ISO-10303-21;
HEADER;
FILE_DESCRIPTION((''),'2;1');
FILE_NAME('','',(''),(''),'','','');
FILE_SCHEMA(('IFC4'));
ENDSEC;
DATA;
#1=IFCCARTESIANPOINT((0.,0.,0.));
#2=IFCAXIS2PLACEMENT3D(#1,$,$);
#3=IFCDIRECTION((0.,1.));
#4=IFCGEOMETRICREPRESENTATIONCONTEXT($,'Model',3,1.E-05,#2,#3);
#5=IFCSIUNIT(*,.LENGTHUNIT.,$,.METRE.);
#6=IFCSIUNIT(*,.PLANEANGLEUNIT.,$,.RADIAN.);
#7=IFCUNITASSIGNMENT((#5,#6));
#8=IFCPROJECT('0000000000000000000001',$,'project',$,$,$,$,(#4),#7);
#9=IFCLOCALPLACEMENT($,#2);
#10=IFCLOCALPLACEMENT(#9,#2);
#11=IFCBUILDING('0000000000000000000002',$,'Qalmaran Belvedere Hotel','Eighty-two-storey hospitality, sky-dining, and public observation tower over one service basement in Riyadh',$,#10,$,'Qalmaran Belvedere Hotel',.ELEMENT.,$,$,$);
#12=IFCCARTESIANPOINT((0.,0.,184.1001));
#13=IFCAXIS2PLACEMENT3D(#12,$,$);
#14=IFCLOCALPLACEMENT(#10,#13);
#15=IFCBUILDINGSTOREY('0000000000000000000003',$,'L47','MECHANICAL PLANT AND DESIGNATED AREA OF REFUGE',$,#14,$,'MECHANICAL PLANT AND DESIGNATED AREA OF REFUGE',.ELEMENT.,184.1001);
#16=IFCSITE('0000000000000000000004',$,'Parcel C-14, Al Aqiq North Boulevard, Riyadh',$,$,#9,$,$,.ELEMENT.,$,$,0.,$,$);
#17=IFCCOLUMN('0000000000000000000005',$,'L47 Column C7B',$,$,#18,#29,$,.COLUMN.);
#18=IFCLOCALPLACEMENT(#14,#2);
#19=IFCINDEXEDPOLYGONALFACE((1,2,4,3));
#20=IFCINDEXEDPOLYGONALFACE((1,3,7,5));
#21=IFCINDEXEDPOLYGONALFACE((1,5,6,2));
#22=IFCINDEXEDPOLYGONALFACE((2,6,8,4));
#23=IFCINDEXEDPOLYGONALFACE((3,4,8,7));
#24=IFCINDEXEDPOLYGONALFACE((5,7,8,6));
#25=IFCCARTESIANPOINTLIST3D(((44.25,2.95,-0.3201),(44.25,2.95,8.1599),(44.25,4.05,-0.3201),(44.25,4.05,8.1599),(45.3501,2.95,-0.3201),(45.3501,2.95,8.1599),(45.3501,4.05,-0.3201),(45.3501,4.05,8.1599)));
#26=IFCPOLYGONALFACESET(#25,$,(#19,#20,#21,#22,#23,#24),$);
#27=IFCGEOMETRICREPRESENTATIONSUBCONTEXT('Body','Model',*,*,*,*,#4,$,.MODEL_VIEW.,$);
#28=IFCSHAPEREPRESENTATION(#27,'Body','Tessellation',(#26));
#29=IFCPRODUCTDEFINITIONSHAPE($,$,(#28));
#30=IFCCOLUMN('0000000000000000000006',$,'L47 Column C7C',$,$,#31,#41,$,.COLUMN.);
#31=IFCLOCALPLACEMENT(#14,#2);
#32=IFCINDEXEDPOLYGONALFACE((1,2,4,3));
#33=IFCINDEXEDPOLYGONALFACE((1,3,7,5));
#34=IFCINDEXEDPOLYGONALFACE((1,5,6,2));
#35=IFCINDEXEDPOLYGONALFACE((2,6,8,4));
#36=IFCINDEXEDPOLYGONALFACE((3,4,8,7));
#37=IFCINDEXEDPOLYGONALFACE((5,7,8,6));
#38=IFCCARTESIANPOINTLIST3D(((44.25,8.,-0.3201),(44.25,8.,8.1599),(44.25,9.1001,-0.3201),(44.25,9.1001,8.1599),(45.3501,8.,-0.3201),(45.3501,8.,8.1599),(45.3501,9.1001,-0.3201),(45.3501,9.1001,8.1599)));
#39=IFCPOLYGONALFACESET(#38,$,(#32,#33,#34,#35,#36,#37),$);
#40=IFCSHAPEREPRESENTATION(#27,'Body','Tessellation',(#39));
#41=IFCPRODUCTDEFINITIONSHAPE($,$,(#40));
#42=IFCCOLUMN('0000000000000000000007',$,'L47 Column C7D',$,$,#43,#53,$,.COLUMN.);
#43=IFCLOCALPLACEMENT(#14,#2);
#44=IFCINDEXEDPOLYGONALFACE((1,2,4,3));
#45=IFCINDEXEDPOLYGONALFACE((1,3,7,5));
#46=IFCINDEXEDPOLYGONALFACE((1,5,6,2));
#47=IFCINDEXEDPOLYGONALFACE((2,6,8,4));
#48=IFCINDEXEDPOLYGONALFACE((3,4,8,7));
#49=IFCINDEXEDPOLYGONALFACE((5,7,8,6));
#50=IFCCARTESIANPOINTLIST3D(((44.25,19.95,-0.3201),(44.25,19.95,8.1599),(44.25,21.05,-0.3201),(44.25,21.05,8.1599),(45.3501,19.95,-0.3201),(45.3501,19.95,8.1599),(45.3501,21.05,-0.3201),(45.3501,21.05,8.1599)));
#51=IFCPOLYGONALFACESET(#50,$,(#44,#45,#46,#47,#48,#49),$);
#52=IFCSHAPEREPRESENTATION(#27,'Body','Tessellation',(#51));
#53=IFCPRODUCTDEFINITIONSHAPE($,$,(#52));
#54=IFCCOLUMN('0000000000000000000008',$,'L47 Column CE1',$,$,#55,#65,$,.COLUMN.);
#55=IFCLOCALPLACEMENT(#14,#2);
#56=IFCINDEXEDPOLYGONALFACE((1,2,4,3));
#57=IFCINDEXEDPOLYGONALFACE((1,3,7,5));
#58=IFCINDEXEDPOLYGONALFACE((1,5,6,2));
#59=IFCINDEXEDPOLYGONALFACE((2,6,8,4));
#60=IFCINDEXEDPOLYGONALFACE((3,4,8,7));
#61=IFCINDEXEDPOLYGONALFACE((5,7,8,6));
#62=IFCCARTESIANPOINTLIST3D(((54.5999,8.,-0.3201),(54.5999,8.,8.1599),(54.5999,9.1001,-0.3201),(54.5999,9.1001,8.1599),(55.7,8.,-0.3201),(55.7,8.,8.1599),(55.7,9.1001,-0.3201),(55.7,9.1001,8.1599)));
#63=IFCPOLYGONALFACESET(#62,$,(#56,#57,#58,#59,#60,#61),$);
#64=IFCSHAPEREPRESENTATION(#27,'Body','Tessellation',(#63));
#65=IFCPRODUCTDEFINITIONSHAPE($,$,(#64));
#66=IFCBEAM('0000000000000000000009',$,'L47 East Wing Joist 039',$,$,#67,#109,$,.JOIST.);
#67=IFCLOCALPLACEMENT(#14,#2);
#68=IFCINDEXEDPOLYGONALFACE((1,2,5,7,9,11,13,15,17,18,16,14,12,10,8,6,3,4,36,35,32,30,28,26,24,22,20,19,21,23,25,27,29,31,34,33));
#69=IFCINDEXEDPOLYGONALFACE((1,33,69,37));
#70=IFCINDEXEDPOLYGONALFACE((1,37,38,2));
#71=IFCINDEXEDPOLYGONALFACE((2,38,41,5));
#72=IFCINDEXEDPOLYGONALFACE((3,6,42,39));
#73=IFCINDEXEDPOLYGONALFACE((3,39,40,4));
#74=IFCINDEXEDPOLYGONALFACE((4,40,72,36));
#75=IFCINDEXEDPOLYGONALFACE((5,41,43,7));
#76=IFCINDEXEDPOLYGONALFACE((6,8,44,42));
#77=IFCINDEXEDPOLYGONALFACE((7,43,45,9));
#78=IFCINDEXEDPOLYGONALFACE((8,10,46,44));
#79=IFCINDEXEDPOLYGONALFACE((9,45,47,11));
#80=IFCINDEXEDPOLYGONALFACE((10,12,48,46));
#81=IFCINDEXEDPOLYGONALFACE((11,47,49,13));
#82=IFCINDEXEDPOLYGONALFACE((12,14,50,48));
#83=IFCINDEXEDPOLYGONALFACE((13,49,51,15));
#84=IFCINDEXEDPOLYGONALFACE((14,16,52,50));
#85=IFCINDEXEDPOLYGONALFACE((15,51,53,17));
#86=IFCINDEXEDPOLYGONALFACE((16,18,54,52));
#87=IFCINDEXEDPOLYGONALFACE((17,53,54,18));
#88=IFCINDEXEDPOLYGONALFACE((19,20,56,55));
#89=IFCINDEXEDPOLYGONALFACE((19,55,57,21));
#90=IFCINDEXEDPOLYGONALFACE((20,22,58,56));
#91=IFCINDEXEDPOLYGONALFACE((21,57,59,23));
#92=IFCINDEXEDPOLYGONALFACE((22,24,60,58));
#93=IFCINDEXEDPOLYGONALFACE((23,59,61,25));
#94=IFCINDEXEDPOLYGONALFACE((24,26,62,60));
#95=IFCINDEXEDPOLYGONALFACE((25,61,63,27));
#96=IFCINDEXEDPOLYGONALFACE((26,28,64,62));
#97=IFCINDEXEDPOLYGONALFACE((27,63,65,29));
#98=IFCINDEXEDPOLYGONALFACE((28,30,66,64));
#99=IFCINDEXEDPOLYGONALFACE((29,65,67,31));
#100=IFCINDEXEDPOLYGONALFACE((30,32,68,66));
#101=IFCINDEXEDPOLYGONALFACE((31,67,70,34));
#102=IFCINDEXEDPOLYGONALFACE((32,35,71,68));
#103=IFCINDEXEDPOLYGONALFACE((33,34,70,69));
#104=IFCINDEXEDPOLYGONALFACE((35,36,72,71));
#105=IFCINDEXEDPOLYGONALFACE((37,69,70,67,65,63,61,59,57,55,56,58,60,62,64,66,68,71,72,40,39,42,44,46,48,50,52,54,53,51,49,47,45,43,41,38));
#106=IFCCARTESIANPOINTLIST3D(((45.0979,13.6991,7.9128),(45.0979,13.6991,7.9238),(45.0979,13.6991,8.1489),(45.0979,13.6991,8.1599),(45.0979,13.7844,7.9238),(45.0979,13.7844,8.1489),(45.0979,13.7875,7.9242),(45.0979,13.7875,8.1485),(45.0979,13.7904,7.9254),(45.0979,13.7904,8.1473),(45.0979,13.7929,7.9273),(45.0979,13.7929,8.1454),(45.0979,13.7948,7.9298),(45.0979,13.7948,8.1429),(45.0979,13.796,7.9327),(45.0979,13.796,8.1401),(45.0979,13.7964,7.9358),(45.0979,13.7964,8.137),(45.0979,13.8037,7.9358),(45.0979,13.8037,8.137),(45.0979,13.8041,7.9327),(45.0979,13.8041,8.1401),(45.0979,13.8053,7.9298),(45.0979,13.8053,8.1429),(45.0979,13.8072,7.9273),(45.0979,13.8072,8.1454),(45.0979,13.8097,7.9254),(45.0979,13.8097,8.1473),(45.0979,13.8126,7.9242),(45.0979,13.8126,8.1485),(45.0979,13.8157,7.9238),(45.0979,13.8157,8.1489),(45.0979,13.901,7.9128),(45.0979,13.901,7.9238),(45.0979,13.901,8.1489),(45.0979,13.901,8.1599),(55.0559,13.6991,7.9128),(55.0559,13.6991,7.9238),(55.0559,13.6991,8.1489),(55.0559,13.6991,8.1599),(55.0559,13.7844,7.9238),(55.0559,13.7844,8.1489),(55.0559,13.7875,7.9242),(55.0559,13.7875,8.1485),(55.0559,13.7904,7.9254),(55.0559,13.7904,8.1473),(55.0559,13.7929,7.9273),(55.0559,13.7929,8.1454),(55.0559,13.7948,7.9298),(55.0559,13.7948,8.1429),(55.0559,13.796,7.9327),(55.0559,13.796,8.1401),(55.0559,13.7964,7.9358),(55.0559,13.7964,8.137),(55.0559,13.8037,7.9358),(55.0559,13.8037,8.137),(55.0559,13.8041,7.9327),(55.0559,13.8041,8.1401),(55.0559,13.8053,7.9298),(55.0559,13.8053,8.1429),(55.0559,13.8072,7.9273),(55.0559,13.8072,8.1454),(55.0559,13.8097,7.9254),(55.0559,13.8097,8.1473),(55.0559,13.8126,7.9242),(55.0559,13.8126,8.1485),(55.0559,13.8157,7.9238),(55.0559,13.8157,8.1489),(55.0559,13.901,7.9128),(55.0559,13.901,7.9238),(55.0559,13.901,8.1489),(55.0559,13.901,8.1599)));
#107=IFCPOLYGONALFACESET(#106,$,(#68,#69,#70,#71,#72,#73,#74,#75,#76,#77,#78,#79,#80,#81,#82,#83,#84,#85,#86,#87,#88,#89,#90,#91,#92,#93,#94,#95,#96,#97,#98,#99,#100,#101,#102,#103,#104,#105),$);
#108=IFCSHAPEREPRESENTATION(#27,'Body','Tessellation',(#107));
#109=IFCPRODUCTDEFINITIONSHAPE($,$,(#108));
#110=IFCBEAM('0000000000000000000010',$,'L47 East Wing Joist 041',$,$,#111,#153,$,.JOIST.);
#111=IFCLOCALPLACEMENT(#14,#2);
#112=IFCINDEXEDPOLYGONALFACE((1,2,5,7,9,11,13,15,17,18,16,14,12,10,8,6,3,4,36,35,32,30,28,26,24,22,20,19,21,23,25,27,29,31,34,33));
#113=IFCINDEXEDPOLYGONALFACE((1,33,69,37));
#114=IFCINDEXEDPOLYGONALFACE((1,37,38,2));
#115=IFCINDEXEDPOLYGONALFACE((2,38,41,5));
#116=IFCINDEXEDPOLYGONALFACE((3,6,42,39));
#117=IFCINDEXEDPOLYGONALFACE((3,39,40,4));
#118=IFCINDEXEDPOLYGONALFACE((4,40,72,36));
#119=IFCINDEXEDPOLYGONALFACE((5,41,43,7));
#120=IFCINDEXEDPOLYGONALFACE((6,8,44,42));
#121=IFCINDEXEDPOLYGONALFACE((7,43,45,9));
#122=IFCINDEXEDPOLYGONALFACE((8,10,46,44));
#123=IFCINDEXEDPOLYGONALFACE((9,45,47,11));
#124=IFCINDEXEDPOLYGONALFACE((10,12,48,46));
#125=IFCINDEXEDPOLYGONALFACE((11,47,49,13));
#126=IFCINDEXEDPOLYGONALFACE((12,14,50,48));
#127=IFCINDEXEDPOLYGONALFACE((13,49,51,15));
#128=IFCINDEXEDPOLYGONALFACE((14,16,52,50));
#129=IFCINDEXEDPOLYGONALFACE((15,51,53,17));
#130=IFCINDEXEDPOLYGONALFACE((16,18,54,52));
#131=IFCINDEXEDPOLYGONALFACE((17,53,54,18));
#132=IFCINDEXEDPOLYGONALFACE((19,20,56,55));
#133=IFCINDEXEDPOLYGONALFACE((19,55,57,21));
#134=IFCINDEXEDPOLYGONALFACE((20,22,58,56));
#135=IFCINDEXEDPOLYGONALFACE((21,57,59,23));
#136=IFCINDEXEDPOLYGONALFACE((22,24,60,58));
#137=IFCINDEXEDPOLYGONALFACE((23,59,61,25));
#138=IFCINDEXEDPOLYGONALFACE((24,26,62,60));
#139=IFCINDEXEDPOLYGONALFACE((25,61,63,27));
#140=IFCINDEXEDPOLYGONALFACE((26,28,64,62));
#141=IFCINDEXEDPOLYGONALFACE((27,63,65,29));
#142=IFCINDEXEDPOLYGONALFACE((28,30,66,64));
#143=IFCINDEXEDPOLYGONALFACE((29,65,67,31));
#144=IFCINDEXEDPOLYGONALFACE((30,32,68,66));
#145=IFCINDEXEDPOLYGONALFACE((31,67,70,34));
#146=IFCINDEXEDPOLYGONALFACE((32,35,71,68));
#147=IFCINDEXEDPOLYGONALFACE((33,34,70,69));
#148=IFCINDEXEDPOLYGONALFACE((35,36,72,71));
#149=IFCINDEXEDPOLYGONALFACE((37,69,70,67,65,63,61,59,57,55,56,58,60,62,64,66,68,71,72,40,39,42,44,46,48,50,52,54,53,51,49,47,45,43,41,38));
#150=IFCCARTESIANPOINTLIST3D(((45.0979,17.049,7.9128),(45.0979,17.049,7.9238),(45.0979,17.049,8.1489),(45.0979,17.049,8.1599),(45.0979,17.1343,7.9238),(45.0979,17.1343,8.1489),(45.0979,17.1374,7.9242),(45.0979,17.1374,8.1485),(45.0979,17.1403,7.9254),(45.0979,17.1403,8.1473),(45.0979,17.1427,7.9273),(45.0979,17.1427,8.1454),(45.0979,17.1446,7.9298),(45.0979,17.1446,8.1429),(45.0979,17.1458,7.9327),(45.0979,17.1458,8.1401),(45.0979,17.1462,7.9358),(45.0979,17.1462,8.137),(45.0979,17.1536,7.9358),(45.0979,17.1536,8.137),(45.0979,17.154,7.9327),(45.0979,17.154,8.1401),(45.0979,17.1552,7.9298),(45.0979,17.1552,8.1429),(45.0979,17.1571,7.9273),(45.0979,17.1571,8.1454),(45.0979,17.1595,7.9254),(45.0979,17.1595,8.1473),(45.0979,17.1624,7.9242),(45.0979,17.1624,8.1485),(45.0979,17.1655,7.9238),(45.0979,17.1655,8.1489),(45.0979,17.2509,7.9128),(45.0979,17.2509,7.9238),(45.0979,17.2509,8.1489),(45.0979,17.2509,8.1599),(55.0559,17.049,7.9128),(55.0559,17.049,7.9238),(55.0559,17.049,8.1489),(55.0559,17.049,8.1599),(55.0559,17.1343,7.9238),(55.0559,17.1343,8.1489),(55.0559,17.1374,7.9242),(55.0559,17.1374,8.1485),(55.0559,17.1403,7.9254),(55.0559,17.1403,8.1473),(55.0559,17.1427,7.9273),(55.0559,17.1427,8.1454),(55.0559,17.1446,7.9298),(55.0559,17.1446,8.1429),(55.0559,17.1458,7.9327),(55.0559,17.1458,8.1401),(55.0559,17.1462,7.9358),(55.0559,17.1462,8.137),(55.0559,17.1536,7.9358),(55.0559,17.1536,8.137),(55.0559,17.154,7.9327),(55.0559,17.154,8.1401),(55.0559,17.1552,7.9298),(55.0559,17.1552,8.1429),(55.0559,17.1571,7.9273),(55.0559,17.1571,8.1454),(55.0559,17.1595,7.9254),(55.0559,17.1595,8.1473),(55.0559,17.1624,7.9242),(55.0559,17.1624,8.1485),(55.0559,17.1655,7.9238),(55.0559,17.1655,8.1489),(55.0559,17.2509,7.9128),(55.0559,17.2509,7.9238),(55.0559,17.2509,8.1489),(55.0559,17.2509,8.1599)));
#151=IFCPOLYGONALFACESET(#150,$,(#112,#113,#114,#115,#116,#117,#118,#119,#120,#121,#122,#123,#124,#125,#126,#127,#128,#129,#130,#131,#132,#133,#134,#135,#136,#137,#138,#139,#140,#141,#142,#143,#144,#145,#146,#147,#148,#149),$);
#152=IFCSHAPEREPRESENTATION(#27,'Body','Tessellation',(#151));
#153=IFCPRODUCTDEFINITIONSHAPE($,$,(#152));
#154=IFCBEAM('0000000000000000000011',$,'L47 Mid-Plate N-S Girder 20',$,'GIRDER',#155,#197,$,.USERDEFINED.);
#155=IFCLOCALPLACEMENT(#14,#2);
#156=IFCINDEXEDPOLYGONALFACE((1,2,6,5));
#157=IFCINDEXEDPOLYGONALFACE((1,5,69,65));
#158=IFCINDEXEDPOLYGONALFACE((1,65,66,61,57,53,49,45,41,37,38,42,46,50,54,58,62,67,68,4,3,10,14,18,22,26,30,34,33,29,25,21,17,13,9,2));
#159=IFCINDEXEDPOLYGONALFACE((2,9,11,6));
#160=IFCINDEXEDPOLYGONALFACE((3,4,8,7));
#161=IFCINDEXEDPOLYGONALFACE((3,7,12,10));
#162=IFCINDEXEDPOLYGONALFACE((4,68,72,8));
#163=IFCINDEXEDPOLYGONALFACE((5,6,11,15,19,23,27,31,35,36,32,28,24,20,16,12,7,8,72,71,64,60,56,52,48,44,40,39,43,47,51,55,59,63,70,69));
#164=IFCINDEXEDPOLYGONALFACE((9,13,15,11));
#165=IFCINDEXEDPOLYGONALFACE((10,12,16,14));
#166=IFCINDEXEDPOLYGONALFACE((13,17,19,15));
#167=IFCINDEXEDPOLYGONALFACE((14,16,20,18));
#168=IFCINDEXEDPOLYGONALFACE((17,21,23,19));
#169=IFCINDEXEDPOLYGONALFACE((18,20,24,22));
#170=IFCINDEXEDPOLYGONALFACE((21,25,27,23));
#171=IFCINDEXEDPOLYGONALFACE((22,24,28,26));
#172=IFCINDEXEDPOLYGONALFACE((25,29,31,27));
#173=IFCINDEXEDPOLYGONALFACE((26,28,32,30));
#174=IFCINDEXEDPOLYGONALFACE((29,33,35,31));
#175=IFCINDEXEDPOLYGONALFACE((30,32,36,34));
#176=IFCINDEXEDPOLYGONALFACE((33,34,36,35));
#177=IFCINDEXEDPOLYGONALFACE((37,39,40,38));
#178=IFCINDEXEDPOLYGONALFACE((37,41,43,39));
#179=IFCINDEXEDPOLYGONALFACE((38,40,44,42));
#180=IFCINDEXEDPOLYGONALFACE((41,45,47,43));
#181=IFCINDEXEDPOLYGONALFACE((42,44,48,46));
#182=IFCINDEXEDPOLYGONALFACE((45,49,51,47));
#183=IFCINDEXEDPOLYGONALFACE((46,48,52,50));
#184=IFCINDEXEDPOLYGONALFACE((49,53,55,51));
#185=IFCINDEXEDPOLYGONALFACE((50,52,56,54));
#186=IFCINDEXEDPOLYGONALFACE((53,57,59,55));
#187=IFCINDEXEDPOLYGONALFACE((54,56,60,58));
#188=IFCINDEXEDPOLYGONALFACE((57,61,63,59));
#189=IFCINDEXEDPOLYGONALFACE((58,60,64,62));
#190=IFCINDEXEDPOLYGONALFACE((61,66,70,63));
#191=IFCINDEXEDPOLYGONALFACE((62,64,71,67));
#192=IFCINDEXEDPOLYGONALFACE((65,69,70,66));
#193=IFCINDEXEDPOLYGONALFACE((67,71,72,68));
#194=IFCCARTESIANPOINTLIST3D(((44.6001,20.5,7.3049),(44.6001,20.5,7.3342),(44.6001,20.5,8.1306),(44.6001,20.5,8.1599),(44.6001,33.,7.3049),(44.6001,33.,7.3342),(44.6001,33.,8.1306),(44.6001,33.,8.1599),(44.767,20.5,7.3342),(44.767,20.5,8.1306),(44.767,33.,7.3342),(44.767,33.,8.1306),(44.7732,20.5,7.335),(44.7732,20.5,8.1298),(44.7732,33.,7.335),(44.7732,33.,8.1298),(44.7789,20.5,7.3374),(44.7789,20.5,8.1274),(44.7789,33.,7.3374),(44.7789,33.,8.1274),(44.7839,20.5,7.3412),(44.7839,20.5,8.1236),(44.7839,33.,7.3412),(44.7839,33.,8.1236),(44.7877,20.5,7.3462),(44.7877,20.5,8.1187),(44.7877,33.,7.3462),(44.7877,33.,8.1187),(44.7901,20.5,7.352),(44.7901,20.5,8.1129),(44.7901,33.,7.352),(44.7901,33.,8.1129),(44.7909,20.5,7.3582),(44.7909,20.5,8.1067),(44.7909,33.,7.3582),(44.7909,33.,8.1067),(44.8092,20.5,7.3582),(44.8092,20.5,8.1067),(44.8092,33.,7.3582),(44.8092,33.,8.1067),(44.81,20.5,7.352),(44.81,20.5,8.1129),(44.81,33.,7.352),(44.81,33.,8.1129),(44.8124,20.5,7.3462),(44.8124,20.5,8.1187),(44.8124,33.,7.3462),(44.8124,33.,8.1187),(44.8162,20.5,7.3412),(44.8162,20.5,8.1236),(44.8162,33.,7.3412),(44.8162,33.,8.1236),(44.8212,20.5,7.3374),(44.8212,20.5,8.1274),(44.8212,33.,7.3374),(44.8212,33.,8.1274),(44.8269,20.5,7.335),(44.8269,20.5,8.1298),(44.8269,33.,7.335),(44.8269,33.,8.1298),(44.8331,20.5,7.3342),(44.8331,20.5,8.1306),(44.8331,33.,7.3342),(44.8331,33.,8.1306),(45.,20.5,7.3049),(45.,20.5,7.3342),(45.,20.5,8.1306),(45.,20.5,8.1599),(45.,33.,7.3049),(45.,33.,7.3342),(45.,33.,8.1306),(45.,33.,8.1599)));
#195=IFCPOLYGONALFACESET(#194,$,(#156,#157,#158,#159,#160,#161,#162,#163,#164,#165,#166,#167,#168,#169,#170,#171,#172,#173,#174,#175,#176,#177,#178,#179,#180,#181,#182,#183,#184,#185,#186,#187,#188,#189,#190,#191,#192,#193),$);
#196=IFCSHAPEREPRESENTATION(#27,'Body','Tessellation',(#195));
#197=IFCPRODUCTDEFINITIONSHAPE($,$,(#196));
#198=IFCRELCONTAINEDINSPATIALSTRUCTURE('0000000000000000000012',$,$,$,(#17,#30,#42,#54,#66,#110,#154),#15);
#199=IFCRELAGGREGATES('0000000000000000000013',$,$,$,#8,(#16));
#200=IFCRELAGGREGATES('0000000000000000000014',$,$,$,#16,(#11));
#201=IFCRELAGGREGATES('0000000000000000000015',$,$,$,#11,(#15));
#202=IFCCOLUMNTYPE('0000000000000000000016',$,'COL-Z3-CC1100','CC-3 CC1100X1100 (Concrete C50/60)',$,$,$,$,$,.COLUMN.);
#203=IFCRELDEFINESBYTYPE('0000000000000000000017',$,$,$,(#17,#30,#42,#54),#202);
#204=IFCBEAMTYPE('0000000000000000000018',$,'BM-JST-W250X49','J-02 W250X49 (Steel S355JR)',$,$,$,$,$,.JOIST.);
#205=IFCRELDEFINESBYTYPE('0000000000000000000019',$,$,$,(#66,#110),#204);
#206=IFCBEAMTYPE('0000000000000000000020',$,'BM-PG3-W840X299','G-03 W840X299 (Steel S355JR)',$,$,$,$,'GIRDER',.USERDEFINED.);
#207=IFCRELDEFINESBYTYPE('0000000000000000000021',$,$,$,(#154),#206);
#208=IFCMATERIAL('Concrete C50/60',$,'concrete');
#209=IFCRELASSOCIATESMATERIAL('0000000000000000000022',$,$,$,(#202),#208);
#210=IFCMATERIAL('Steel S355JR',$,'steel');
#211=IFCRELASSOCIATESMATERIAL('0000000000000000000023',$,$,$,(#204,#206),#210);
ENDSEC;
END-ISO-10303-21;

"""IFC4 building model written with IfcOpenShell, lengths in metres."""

from ifc_helpers import new_model, si_unit, direction, frame, origin, origin_2d, place, context, subcontext, project, spatial, rectangle, i_section, extrude, material, material_profile, profile_set, type_object, element, save


model = new_model("IFC4")

# Units and contexts
model_context = context("Model", 3, precision=1e-05, world=origin(), true_north=direction((0.0, 1.0)))
body_context = subcontext(model_context, "Body", "Model", "MODEL_VIEW")
ifc_project = project(units=[si_unit("LENGTHUNIT", "METRE"), si_unit("PLANEANGLEUNIT", "RADIAN")], contexts=[model_context])

# Site, building, storey
site_placement = place(None, origin())
site = spatial("IfcSite", under=ifc_project, at=site_placement, Name="Parcel C-14, Al Aqiq North Boulevard, Riyadh", CompositionType="ELEMENT", RefElevation=0.0)
building_placement = place(site_placement, origin())
building = spatial("IfcBuilding", under=site, at=building_placement, Name="Qalmaran Belvedere Hotel", Description="Eighty-two-storey hospitality, sky-dining, and public observation tower over one service basement in Riyadh", LongName="Qalmaran Belvedere Hotel", CompositionType="ELEMENT")
storey_placement = place(building_placement, frame((0.0, 0.0, 184.1001)))
storey = spatial("IfcBuildingStorey", under=building, at=storey_placement, Name="L47", Description="MECHANICAL PLANT AND DESIGNATED AREA OF REFUGE", LongName="MECHANICAL PLANT AND DESIGNATED AREA OF REFUGE", CompositionType="ELEMENT", Elevation=184.1001)

# Columns
ifc_material_1 = material(Name="Concrete C50/60", Category="concrete")
ifc_material_profile_1 = material_profile(ifc_material_1, rectangle(XDim=1.1001, YDim=1.1001, at=origin_2d()), Name="CC1100X1100")
ifc_profile_set_1 = profile_set([ifc_material_profile_1], Name="Concrete C50/60")
column_type = type_object("IfcColumnType", Name="COL-Z3-CC1100", Description="CC-3 CC1100X1100 (Concrete C50/60)", PredefinedType="COLUMN", material=ifc_profile_set_1)
for number, where, z_axis, x_axis, name in (
    (1, (44.8, 3.5, -0.3201), (0.0, 0.0, 1.0), (1.0, 0.0, 0.0), "L47 Column C7B"),
    (2, (44.8, 8.55, -0.3201), (0.0, 0.0, 1.0), (1.0, 0.0, 0.0), "L47 Column C7C"),
    (3, (44.8, 20.5, -0.3201), (0.0, 0.0, 1.0), (1.0, 0.0, 0.0), "L47 Column C7D"),
    (4, (55.1499, 8.55, -0.3201), (0.0, 0.0, 1.0), (1.0, 0.0, 0.0), "L47 Column CE1"),
):
    element("IfcColumn", number, at=place(storey_placement, frame(where, z_axis=z_axis, x_axis=x_axis)), inside=storey, type_object=column_type, Name=name, PredefinedType="COLUMN", context=body_context, shape_type="SweptSolid", body=[
        extrude(rectangle(XDim=1.1001, YDim=1.1001, at=origin_2d()), origin(), (0.0, 0.0, 1.0), 8.48),
    ])

# Beams
ifc_material_2 = material(Name="Steel S355JR", Category="steel")
ifc_material_profile_2 = material_profile(ifc_material_2, i_section(OverallWidth=0.2019, OverallDepth=0.2471, WebThickness=0.0073, FlangeThickness=0.011, FilletRadius=0.012, at=origin_2d()), Name="W250X49")
ifc_profile_set_2 = profile_set([ifc_material_profile_2], Name="Steel S355JR")
beam_type_1 = type_object("IfcBeamType", Name="BM-JST-W250X49", Description="J-02 W250X49 (Steel S355JR)", PredefinedType="JOIST", material=ifc_profile_set_2)
for number, where, z_axis, x_axis, name in (
    (5, (45.0979, 13.8, 8.0364), (1.0, 0.0, 0.0), (0.0, 1.0, 0.0), "L47 East Wing Joist 039"),
    (6, (45.0979, 17.1499, 8.0364), (1.0, 0.0, 0.0), (0.0, 1.0, 0.0), "L47 East Wing Joist 041"),
):
    element("IfcBeam", number, at=place(storey_placement, frame(where, z_axis=z_axis, x_axis=x_axis)), inside=storey, type_object=beam_type_1, Name=name, PredefinedType="JOIST", context=body_context, shape_type="SweptSolid", body=[
        extrude(i_section(OverallWidth=0.2019, OverallDepth=0.2471, WebThickness=0.0073, FlangeThickness=0.011, FilletRadius=0.012, at=origin_2d()), origin(), (0.0, 0.0, 1.0), 9.958),
    ])
ifc_material_profile_3 = material_profile(ifc_material_2, i_section(OverallWidth=0.3999, OverallDepth=0.855, WebThickness=0.0183, FlangeThickness=0.0293, FilletRadius=0.0239, at=origin_2d()), Name="W840X299")
ifc_profile_set_3 = profile_set([ifc_material_profile_3], Name="Steel S355JR")
beam_type_2 = type_object("IfcBeamType", Name="BM-PG3-W840X299", Description="G-03 W840X299 (Steel S355JR)", ElementType="GIRDER", PredefinedType="USERDEFINED", material=ifc_profile_set_3)
beam_1_placement = place(storey_placement, frame((44.8, 20.5, 7.7324), z_axis=(0.0, 1.0, 0.0), x_axis=(-1.0, 0.0, 0.0)))
element("IfcBeam", 7, at=beam_1_placement, inside=storey, type_object=beam_type_2, Name="L47 Mid-Plate N-S Girder 20", ObjectType="GIRDER", PredefinedType="USERDEFINED", context=body_context, shape_type="SweptSolid", body=[
    extrude(i_section(OverallWidth=0.3999, OverallDepth=0.855, WebThickness=0.0183, FlangeThickness=0.0293, FilletRadius=0.0239, at=origin_2d()), origin(), (0.0, 0.0, 1.0), 12.5),
])

save(model, "model.ifc")
